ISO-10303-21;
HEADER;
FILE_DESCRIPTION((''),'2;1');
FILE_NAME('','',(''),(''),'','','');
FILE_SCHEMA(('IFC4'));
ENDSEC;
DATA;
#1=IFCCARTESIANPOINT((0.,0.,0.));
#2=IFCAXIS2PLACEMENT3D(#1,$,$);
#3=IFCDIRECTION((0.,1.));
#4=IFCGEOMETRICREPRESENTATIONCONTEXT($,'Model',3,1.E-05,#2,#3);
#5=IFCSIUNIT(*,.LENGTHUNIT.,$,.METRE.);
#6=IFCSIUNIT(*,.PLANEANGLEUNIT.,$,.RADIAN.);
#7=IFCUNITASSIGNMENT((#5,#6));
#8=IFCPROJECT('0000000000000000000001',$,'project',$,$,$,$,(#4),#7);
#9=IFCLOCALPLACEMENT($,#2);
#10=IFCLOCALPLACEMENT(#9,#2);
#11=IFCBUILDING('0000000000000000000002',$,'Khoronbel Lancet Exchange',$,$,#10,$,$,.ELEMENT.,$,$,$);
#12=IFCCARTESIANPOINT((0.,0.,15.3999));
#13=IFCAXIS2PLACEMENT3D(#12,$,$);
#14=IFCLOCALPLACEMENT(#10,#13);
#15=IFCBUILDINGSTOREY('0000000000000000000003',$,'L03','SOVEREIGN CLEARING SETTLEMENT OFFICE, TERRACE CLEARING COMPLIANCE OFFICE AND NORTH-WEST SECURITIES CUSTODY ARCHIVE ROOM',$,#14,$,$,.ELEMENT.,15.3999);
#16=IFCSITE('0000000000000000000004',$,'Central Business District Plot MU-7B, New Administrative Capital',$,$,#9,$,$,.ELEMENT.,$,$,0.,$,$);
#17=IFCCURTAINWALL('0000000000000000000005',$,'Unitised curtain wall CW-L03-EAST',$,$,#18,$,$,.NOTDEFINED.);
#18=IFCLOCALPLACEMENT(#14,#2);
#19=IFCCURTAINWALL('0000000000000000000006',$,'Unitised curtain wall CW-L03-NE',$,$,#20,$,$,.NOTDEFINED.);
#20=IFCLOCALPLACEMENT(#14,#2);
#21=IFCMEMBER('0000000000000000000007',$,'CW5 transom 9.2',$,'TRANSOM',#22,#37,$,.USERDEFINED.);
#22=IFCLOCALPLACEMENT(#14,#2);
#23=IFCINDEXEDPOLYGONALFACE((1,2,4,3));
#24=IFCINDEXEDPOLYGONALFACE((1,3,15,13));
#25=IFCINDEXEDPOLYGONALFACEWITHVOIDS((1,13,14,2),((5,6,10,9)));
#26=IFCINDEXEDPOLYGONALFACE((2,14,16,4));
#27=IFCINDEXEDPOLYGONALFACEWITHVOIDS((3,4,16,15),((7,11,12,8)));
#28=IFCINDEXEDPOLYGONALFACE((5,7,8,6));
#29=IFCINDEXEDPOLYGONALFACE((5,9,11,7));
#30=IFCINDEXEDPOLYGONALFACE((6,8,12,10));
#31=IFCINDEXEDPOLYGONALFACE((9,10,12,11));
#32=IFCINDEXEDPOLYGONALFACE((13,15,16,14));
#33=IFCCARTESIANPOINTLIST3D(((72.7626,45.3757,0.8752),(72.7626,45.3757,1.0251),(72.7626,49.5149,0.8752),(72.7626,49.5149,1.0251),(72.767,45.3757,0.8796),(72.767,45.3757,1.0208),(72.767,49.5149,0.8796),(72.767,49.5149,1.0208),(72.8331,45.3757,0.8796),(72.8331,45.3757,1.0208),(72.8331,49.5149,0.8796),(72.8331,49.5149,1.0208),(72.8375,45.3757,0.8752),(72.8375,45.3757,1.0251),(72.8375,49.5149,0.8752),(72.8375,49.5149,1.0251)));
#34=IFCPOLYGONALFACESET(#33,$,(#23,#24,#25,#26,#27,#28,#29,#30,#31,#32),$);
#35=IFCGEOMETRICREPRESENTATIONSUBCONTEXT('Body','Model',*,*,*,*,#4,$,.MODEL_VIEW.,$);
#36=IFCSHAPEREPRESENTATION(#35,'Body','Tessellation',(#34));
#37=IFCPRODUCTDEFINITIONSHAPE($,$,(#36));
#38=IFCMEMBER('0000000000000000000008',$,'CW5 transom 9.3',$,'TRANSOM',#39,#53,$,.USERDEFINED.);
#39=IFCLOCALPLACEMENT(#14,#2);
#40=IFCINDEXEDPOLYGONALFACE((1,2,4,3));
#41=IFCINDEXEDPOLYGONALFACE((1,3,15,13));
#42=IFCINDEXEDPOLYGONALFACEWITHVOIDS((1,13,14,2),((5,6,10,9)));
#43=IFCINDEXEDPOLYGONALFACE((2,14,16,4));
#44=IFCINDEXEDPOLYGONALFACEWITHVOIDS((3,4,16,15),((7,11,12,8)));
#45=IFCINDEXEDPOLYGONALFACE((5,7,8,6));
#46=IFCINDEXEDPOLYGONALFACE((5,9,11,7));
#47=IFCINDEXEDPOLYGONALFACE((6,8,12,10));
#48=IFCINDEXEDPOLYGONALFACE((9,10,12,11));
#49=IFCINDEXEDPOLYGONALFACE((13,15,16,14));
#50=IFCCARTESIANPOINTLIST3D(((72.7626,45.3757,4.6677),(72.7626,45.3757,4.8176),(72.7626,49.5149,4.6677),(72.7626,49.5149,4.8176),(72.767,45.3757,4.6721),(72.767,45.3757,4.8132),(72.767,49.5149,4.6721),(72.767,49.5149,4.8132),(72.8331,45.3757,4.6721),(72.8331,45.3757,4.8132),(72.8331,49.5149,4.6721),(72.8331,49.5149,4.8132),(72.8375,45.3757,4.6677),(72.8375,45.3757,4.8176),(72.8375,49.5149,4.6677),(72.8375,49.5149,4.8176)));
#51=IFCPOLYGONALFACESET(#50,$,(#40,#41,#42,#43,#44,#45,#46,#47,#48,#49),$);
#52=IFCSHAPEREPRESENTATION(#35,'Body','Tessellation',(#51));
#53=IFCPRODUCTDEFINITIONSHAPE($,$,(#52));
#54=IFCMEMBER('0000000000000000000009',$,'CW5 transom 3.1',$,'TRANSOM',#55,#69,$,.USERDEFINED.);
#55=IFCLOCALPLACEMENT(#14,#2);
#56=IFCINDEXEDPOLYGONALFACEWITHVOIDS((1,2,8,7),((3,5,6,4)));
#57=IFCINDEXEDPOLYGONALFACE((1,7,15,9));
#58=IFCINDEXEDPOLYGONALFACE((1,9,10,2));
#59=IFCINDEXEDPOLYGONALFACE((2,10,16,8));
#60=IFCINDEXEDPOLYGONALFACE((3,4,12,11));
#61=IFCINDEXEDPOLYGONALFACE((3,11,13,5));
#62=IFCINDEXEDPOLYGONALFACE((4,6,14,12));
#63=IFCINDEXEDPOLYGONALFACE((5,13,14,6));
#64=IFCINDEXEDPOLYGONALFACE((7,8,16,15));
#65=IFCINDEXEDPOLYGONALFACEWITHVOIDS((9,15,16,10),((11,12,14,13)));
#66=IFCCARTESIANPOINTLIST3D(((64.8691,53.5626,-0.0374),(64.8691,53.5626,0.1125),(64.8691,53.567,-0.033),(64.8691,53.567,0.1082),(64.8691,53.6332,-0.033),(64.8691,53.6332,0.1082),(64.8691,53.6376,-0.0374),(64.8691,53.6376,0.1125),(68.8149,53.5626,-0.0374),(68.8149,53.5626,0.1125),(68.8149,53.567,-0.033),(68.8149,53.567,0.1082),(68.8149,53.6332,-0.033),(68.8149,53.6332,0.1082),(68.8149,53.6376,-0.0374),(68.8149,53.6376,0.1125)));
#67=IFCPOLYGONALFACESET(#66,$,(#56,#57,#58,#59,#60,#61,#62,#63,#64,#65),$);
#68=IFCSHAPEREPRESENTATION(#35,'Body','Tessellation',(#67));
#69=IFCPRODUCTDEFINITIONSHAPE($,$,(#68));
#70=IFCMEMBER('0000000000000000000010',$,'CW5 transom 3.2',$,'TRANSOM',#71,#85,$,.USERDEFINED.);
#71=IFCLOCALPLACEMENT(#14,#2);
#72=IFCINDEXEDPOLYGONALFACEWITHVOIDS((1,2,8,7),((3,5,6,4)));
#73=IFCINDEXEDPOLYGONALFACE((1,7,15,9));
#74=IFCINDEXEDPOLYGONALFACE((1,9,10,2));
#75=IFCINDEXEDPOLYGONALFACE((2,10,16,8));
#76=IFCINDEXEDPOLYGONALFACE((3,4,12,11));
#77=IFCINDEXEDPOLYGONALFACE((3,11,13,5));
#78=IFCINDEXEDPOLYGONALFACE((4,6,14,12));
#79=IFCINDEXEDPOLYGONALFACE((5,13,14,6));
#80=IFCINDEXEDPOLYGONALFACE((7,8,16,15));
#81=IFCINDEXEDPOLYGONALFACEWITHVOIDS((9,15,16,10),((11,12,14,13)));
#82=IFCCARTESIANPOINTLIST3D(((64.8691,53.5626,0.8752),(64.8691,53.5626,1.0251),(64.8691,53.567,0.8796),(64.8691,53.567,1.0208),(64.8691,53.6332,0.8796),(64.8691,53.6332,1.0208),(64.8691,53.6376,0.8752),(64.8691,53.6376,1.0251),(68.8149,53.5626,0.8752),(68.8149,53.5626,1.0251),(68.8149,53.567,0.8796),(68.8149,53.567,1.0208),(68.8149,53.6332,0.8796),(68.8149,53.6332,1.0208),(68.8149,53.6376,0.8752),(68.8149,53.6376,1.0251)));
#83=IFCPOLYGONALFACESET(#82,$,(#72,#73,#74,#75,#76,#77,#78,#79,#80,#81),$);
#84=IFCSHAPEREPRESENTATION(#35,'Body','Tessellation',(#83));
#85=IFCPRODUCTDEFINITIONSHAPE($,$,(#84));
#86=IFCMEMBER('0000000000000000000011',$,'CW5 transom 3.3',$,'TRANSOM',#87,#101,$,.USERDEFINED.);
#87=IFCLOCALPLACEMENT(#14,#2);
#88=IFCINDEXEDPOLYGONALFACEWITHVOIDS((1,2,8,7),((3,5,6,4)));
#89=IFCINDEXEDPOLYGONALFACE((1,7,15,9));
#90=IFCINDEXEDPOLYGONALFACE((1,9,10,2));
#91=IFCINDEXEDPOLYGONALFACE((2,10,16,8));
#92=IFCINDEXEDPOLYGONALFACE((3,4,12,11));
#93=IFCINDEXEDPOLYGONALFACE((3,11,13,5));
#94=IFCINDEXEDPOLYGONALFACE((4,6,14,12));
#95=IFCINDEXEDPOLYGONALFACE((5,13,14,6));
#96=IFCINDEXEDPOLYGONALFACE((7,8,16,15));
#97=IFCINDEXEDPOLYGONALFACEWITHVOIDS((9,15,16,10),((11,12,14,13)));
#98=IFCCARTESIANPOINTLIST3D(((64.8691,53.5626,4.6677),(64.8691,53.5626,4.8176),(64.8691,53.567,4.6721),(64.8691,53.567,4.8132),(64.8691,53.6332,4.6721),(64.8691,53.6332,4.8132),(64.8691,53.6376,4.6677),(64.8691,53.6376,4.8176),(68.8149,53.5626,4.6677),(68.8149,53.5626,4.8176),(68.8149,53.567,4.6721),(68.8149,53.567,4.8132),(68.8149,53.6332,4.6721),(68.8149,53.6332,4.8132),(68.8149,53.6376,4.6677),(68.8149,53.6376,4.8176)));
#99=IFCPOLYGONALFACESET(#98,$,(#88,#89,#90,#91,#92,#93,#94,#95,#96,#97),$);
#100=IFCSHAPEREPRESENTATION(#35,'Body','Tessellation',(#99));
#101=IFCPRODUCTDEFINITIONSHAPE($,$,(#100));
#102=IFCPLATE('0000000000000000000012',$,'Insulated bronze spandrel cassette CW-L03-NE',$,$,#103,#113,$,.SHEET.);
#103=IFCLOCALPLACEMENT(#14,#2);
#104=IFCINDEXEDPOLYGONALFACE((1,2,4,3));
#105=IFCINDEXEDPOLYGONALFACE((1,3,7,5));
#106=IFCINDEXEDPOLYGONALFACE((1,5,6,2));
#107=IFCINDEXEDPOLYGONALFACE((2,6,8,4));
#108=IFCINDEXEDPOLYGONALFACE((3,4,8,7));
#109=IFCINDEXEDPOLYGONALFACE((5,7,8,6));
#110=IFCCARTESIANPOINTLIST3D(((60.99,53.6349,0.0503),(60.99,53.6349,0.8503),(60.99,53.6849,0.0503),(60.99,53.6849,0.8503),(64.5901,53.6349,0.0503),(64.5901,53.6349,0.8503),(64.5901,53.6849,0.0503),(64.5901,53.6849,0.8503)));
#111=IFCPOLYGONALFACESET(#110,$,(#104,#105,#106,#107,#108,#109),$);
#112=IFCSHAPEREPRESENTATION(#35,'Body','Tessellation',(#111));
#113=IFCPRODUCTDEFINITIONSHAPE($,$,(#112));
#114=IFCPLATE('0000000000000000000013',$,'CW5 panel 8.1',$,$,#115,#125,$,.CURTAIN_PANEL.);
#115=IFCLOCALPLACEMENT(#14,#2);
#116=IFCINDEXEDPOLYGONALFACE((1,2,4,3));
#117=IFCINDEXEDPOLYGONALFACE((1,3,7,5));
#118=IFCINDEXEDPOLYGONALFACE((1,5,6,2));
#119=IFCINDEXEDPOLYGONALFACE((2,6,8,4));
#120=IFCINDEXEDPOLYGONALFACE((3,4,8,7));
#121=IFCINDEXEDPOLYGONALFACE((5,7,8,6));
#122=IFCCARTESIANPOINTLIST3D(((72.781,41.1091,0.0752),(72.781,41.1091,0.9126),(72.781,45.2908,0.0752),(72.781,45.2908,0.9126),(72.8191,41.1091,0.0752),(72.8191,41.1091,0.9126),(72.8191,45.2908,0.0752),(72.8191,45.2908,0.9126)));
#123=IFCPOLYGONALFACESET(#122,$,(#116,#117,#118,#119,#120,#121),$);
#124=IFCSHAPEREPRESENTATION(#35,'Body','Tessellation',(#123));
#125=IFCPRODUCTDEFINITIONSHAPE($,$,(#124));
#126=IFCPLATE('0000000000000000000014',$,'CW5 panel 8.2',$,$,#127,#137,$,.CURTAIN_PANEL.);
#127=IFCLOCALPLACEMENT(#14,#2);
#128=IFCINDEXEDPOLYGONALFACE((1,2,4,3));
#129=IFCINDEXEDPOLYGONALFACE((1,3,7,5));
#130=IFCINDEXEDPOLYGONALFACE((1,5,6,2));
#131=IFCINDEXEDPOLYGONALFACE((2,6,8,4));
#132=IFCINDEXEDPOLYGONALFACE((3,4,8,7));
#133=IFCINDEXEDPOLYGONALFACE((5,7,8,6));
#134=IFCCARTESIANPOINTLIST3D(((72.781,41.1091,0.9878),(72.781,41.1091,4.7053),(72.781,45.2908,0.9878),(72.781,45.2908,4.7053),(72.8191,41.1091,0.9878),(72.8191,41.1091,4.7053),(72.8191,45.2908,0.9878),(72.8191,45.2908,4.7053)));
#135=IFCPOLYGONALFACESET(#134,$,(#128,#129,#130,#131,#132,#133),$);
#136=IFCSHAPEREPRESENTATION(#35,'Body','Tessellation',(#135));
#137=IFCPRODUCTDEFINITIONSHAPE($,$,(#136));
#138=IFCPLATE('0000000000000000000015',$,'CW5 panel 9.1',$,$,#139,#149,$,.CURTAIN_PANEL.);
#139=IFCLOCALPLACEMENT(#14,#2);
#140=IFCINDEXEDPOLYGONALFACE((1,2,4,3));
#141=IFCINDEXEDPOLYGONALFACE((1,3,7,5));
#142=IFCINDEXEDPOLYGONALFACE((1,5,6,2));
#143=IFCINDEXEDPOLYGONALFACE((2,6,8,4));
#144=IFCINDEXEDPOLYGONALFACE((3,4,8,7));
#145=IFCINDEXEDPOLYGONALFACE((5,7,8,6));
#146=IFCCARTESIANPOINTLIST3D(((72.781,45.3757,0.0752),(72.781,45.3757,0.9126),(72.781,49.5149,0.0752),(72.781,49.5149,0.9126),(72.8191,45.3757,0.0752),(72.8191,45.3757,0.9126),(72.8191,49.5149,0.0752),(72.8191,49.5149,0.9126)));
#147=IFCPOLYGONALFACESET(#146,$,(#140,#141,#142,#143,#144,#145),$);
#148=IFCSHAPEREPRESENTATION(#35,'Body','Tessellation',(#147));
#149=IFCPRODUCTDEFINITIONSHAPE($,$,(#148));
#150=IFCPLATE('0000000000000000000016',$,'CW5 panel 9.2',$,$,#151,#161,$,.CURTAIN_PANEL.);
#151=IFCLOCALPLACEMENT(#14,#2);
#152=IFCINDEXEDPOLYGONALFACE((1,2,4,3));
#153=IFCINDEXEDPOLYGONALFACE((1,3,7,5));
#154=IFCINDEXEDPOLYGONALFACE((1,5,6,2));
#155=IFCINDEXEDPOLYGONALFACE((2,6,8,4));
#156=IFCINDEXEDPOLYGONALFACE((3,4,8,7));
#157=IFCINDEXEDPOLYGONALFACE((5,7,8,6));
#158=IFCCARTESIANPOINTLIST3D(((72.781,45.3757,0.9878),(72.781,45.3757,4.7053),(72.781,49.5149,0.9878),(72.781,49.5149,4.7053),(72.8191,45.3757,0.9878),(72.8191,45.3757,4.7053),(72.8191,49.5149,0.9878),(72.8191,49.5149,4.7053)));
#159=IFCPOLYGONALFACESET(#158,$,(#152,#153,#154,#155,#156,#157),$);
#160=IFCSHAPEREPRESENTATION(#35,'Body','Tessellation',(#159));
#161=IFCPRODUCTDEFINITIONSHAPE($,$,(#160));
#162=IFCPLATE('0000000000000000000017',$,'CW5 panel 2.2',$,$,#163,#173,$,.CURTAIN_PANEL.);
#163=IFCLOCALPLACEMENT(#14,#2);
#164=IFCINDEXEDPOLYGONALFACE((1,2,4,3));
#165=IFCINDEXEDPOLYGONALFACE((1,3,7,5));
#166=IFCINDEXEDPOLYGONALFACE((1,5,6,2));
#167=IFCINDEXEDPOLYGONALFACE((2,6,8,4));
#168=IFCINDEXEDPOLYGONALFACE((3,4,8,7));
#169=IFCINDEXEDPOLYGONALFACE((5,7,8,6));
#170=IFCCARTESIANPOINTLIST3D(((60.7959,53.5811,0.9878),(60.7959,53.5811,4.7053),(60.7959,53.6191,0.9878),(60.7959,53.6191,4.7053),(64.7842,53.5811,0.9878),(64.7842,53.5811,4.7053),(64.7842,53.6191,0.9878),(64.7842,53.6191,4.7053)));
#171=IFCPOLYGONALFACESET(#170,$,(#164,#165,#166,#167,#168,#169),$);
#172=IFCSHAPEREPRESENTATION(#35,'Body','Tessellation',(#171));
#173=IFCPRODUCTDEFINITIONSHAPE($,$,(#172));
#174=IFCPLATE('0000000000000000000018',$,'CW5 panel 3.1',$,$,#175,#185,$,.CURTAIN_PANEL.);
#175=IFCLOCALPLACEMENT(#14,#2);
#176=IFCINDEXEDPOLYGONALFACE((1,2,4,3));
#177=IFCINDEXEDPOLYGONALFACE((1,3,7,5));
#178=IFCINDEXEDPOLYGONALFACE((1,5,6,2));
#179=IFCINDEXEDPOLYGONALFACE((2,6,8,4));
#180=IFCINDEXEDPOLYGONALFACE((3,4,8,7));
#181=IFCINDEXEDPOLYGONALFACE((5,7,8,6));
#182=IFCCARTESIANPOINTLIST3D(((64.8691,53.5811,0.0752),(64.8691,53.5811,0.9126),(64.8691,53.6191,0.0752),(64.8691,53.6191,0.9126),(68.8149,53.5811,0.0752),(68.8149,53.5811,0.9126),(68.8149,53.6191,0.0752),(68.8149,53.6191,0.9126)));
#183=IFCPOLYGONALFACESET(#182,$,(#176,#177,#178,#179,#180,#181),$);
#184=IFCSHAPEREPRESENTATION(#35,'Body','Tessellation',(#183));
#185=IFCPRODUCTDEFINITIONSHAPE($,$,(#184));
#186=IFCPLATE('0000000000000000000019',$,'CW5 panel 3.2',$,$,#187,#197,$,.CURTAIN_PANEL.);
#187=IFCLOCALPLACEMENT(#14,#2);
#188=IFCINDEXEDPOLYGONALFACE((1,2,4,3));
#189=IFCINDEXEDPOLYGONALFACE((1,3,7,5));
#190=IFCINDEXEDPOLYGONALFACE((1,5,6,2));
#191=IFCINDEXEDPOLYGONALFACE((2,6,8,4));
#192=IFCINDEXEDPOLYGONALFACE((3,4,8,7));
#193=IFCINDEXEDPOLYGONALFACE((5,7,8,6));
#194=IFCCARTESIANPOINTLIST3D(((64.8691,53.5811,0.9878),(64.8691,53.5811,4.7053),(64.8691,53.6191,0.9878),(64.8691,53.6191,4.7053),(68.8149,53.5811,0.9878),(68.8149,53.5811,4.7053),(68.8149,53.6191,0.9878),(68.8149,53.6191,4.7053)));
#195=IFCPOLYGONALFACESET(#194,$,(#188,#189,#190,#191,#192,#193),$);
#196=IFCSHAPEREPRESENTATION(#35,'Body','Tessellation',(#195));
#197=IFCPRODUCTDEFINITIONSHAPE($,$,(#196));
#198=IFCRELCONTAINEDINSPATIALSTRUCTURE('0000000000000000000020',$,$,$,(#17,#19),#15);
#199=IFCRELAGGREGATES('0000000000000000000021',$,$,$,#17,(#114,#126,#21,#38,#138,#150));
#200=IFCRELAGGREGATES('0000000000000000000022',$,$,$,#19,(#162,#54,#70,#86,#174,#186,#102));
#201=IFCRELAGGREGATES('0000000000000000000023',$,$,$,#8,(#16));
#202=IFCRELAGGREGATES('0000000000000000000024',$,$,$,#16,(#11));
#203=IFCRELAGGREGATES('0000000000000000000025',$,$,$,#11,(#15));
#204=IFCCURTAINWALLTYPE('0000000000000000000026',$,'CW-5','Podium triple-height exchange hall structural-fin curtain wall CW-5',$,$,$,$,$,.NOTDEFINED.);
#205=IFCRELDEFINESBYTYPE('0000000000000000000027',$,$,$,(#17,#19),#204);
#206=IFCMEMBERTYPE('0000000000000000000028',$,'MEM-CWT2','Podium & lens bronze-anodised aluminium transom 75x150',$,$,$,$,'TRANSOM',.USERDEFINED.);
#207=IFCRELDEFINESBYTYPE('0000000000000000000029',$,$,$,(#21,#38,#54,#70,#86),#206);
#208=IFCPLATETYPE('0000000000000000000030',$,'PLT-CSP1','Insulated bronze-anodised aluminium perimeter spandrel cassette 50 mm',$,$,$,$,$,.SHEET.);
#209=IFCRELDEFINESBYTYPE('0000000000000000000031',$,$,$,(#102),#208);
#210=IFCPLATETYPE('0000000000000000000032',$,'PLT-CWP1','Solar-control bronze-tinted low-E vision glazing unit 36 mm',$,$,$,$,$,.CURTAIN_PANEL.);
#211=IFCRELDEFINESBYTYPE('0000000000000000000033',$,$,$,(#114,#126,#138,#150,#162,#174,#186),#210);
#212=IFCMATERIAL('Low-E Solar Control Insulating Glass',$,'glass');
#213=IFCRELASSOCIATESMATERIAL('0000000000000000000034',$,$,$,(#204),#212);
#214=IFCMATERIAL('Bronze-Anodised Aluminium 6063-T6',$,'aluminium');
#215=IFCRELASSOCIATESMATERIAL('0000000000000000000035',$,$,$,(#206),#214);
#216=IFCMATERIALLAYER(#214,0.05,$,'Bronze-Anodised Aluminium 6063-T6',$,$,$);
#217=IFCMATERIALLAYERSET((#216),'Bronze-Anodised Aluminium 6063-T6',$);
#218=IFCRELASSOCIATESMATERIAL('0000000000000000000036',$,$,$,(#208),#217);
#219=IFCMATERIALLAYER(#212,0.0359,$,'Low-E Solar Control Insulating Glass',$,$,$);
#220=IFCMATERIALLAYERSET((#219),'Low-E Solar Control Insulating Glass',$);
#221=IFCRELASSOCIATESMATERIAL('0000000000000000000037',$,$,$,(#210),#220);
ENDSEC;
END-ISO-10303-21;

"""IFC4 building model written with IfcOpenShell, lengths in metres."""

from ifc_helpers import new_model, si_unit, direction, frame, origin, origin_2d, place, context, subcontext, project, spatial, rectangle, hollow_rectangle, extrude, material, layer, layer_set, material_profile, profile_set, type_object, element, aggregate, save


model = new_model("IFC4")

# Units and contexts
model_context = context("Model", 3, precision=1e-05, world=origin(), true_north=direction((0.0, 1.0)))
body_context = subcontext(model_context, "Body", "Model", "MODEL_VIEW")
ifc_project = project(units=[si_unit("LENGTHUNIT", "METRE"), si_unit("PLANEANGLEUNIT", "RADIAN")], contexts=[model_context])

# Site, building, storey
site_placement = place(None, origin())
site = spatial("IfcSite", under=ifc_project, at=site_placement, Name="Central Business District Plot MU-7B, New Administrative Capital", CompositionType="ELEMENT", RefElevation=0.0)
building_placement = place(site_placement, origin())
building = spatial("IfcBuilding", under=site, at=building_placement, Name="Khoronbel Lancet Exchange", CompositionType="ELEMENT")
storey_placement = place(building_placement, frame((0.0, 0.0, 15.3999)))
storey = spatial("IfcBuildingStorey", under=building, at=storey_placement, Name="L03", Description="SOVEREIGN CLEARING SETTLEMENT OFFICE, TERRACE CLEARING COMPLIANCE OFFICE AND NORTH-WEST SECURITIES CUSTODY ARCHIVE ROOM", CompositionType="ELEMENT", Elevation=15.3999)

# Curtain walls
ifc_material_1 = material(Name="Low-E Solar Control Insulating Glass", Category="glass")
curtain_wall_type = type_object("IfcCurtainWallType", Name="CW-5", Description="Podium triple-height exchange hall structural-fin curtain wall CW-5", PredefinedType="NOTDEFINED", material=ifc_material_1)
curtain_wall_1_placement = place(storey_placement, origin())
curtain_wall_1 = element("IfcCurtainWall", 1, at=curtain_wall_1_placement, inside=storey, type_object=curtain_wall_type, Name="Unitised curtain wall CW-L03-EAST", PredefinedType="NOTDEFINED")
ifc_material_2 = material(Name="Bronze-Anodised Aluminium 6063-T6", Category="aluminium")
curtain_wall_2_placement = place(storey_placement, origin())
curtain_wall_2 = element("IfcCurtainWall", 2, at=curtain_wall_2_placement, inside=storey, type_object=curtain_wall_type, Name="Unitised curtain wall CW-L03-NE", PredefinedType="NOTDEFINED")

# Members
ifc_material_profile_1 = material_profile(ifc_material_2, hollow_rectangle(XDim=0.075, YDim=0.1499, WallThickness=0.0044, at=origin_2d()), Name="ALU TRANSOM 75x150")
ifc_profile_set_1 = profile_set([ifc_material_profile_1], Name="Bronze-Anodised Aluminium 6063-T6")
member_type_1 = type_object("IfcMemberType", Name="MEM-CWT2", Description="Podium & lens bronze-anodised aluminium transom 75x150", ElementType="TRANSOM", PredefinedType="USERDEFINED", material=ifc_profile_set_1)
member_1_placement = place(storey_placement, frame((72.8, 45.3757, 0.9502), z_axis=(0.0, 1.0, 0.0), x_axis=(-1.0, 0.0, 0.0)))
member_1 = element("IfcMember", 3, at=member_1_placement, type_object=member_type_1, Name="CW5 transom 9.2", ObjectType="TRANSOM", PredefinedType="USERDEFINED", context=body_context, shape_type="SweptSolid", body=[
    extrude(hollow_rectangle(XDim=0.075, YDim=0.1499, WallThickness=0.0044, at=origin_2d()), origin(), (0.0, 0.0, 1.0), 4.1392),
])
member_2_placement = place(storey_placement, frame((72.8, 45.3757, 4.7427), z_axis=(0.0, 1.0, 0.0), x_axis=(-1.0, 0.0, 0.0)))
member_2 = element("IfcMember", 4, at=member_2_placement, type_object=member_type_1, Name="CW5 transom 9.3", ObjectType="TRANSOM", PredefinedType="USERDEFINED", context=body_context, shape_type="SweptSolid", body=[
    extrude(hollow_rectangle(XDim=0.075, YDim=0.1499, WallThickness=0.0044, at=origin_2d()), origin(), (0.0, 0.0, 1.0), 4.1392),
])
member_3_placement = place(storey_placement, frame((64.8691, 53.6001, 0.0376), z_axis=(1.0, 0.0, 0.0), x_axis=(0.0, 1.0, 0.0)))
member_3 = element("IfcMember", 5, at=member_3_placement, type_object=member_type_1, Name="CW5 transom 3.1", ObjectType="TRANSOM", PredefinedType="USERDEFINED", context=body_context, shape_type="SweptSolid", body=[
    extrude(hollow_rectangle(XDim=0.075, YDim=0.1499, WallThickness=0.0044, at=origin_2d()), origin(), (0.0, 0.0, 1.0), 3.9458),
])
member_4_placement = place(storey_placement, frame((64.8691, 53.6001, 0.9502), z_axis=(1.0, 0.0, 0.0), x_axis=(0.0, 1.0, 0.0)))
member_4 = element("IfcMember", 6, at=member_4_placement, type_object=member_type_1, Name="CW5 transom 3.2", ObjectType="TRANSOM", PredefinedType="USERDEFINED", context=body_context, shape_type="SweptSolid", body=[
    extrude(hollow_rectangle(XDim=0.075, YDim=0.1499, WallThickness=0.0044, at=origin_2d()), origin(), (0.0, 0.0, 1.0), 3.9458),
])
member_5_placement = place(storey_placement, frame((64.8691, 53.6001, 4.7427), z_axis=(1.0, 0.0, 0.0), x_axis=(0.0, 1.0, 0.0)))
member_5 = element("IfcMember", 7, at=member_5_placement, type_object=member_type_1, Name="CW5 transom 3.3", ObjectType="TRANSOM", PredefinedType="USERDEFINED", context=body_context, shape_type="SweptSolid", body=[
    extrude(hollow_rectangle(XDim=0.075, YDim=0.1499, WallThickness=0.0044, at=origin_2d()), origin(), (0.0, 0.0, 1.0), 3.9458),
])

# Plates
ifc_layer_1 = layer(ifc_material_2, 0.05, Name="Bronze-Anodised Aluminium 6063-T6")
ifc_layer_set_1 = layer_set([ifc_layer_1], Name="Bronze-Anodised Aluminium 6063-T6")
plate_type_1 = type_object("IfcPlateType", Name="PLT-CSP1", Description="Insulated bronze-anodised aluminium perimeter spandrel cassette 50 mm", PredefinedType="SHEET", material=ifc_layer_set_1)
plate_1_placement = place(storey_placement, frame((62.79, 53.6599, 0.0503), z_axis=(0.0, 0.0, 1.0), x_axis=(1.0, 0.0, 0.0)))
plate_1 = element("IfcPlate", 8, at=plate_1_placement, type_object=plate_type_1, Name="Insulated bronze spandrel cassette CW-L03-NE", PredefinedType="SHEET", context=body_context, shape_type="SweptSolid", body=[
    extrude(rectangle(XDim=3.6001, YDim=0.05, at=origin_2d()), origin(), (0.0, 0.0, 1.0), 0.8),
])
ifc_layer_2 = layer(ifc_material_1, 0.0359, Name="Low-E Solar Control Insulating Glass")
ifc_layer_set_2 = layer_set([ifc_layer_2], Name="Low-E Solar Control Insulating Glass")
plate_type_2 = type_object("IfcPlateType", Name="PLT-CWP1", Description="Solar-control bronze-tinted low-E vision glazing unit 36 mm", PredefinedType="CURTAIN_PANEL", material=ifc_layer_set_2)
plate_2_placement = place(storey_placement, frame((72.8, 43.2, 0.0752), z_axis=(0.0, 0.0, 1.0), x_axis=(0.0, 1.0, 0.0)))
plate_2 = element("IfcPlate", 9, at=plate_2_placement, type_object=plate_type_2, Name="CW5 panel 8.1", PredefinedType="CURTAIN_PANEL", context=body_context, shape_type="SweptSolid", body=[
    extrude(rectangle(XDim=4.1816, YDim=0.0381, at=origin_2d()), origin(), (0.0, 0.0, 1.0), 0.8374),
])
plate_3_placement = place(storey_placement, frame((72.8, 43.2, 0.9878), z_axis=(0.0, 0.0, 1.0), x_axis=(0.0, 1.0, 0.0)))
plate_3 = element("IfcPlate", 10, at=plate_3_placement, type_object=plate_type_2, Name="CW5 panel 8.2", PredefinedType="CURTAIN_PANEL", context=body_context, shape_type="SweptSolid", body=[
    extrude(rectangle(XDim=4.1816, YDim=0.0381, at=origin_2d()), origin(), (0.0, 0.0, 1.0), 3.7175),
])
plate_4_placement = place(storey_placement, frame((72.8, 47.4453, 0.0752), z_axis=(0.0, 0.0, 1.0), x_axis=(0.0, 1.0, 0.0)))
plate_4 = element("IfcPlate", 11, at=plate_4_placement, type_object=plate_type_2, Name="CW5 panel 9.1", PredefinedType="CURTAIN_PANEL", context=body_context, shape_type="SweptSolid", body=[
    extrude(rectangle(XDim=4.1392, YDim=0.0381, at=origin_2d()), origin(), (0.0, 0.0, 1.0), 0.8374),
])
plate_5_placement = place(storey_placement, frame((72.8, 47.4453, 0.9878), z_axis=(0.0, 0.0, 1.0), x_axis=(0.0, 1.0, 0.0)))
plate_5 = element("IfcPlate", 12, at=plate_5_placement, type_object=plate_type_2, Name="CW5 panel 9.2", PredefinedType="CURTAIN_PANEL", context=body_context, shape_type="SweptSolid", body=[
    extrude(rectangle(XDim=4.1392, YDim=0.0381, at=origin_2d()), origin(), (0.0, 0.0, 1.0), 3.7175),
])
aggregate(curtain_wall_1, [plate_2, plate_3, member_1, member_2, plate_4, plate_5])
plate_6_placement = place(storey_placement, frame((62.79, 53.6001, 0.9878), z_axis=(0.0, 0.0, 1.0), x_axis=(1.0, 0.0, 0.0)))
plate_6 = element("IfcPlate", 13, at=plate_6_placement, type_object=plate_type_2, Name="CW5 panel 2.2", PredefinedType="CURTAIN_PANEL", context=body_context, shape_type="SweptSolid", body=[
    extrude(rectangle(XDim=3.9883, YDim=0.0381, at=origin_2d()), origin(), (0.0, 0.0, 1.0), 3.7175),
])
plate_7_placement = place(storey_placement, frame((66.842, 53.6001, 0.0752), z_axis=(0.0, 0.0, 1.0), x_axis=(1.0, 0.0, 0.0)))
plate_7 = element("IfcPlate", 14, at=plate_7_placement, type_object=plate_type_2, Name="CW5 panel 3.1", PredefinedType="CURTAIN_PANEL", context=body_context, shape_type="SweptSolid", body=[
    extrude(rectangle(XDim=3.9458, YDim=0.0381, at=origin_2d()), origin(), (0.0, 0.0, 1.0), 0.8374),
])
plate_8_placement = place(storey_placement, frame((66.842, 53.6001, 0.9878), z_axis=(0.0, 0.0, 1.0), x_axis=(1.0, 0.0, 0.0)))
plate_8 = element("IfcPlate", 15, at=plate_8_placement, type_object=plate_type_2, Name="CW5 panel 3.2", PredefinedType="CURTAIN_PANEL", context=body_context, shape_type="SweptSolid", body=[
    extrude(rectangle(XDim=3.9458, YDim=0.0381, at=origin_2d()), origin(), (0.0, 0.0, 1.0), 3.7175),
])
aggregate(curtain_wall_2, [plate_6, member_3, member_4, member_5, plate_7, plate_8, plate_1])

save(model, "model.ifc")
